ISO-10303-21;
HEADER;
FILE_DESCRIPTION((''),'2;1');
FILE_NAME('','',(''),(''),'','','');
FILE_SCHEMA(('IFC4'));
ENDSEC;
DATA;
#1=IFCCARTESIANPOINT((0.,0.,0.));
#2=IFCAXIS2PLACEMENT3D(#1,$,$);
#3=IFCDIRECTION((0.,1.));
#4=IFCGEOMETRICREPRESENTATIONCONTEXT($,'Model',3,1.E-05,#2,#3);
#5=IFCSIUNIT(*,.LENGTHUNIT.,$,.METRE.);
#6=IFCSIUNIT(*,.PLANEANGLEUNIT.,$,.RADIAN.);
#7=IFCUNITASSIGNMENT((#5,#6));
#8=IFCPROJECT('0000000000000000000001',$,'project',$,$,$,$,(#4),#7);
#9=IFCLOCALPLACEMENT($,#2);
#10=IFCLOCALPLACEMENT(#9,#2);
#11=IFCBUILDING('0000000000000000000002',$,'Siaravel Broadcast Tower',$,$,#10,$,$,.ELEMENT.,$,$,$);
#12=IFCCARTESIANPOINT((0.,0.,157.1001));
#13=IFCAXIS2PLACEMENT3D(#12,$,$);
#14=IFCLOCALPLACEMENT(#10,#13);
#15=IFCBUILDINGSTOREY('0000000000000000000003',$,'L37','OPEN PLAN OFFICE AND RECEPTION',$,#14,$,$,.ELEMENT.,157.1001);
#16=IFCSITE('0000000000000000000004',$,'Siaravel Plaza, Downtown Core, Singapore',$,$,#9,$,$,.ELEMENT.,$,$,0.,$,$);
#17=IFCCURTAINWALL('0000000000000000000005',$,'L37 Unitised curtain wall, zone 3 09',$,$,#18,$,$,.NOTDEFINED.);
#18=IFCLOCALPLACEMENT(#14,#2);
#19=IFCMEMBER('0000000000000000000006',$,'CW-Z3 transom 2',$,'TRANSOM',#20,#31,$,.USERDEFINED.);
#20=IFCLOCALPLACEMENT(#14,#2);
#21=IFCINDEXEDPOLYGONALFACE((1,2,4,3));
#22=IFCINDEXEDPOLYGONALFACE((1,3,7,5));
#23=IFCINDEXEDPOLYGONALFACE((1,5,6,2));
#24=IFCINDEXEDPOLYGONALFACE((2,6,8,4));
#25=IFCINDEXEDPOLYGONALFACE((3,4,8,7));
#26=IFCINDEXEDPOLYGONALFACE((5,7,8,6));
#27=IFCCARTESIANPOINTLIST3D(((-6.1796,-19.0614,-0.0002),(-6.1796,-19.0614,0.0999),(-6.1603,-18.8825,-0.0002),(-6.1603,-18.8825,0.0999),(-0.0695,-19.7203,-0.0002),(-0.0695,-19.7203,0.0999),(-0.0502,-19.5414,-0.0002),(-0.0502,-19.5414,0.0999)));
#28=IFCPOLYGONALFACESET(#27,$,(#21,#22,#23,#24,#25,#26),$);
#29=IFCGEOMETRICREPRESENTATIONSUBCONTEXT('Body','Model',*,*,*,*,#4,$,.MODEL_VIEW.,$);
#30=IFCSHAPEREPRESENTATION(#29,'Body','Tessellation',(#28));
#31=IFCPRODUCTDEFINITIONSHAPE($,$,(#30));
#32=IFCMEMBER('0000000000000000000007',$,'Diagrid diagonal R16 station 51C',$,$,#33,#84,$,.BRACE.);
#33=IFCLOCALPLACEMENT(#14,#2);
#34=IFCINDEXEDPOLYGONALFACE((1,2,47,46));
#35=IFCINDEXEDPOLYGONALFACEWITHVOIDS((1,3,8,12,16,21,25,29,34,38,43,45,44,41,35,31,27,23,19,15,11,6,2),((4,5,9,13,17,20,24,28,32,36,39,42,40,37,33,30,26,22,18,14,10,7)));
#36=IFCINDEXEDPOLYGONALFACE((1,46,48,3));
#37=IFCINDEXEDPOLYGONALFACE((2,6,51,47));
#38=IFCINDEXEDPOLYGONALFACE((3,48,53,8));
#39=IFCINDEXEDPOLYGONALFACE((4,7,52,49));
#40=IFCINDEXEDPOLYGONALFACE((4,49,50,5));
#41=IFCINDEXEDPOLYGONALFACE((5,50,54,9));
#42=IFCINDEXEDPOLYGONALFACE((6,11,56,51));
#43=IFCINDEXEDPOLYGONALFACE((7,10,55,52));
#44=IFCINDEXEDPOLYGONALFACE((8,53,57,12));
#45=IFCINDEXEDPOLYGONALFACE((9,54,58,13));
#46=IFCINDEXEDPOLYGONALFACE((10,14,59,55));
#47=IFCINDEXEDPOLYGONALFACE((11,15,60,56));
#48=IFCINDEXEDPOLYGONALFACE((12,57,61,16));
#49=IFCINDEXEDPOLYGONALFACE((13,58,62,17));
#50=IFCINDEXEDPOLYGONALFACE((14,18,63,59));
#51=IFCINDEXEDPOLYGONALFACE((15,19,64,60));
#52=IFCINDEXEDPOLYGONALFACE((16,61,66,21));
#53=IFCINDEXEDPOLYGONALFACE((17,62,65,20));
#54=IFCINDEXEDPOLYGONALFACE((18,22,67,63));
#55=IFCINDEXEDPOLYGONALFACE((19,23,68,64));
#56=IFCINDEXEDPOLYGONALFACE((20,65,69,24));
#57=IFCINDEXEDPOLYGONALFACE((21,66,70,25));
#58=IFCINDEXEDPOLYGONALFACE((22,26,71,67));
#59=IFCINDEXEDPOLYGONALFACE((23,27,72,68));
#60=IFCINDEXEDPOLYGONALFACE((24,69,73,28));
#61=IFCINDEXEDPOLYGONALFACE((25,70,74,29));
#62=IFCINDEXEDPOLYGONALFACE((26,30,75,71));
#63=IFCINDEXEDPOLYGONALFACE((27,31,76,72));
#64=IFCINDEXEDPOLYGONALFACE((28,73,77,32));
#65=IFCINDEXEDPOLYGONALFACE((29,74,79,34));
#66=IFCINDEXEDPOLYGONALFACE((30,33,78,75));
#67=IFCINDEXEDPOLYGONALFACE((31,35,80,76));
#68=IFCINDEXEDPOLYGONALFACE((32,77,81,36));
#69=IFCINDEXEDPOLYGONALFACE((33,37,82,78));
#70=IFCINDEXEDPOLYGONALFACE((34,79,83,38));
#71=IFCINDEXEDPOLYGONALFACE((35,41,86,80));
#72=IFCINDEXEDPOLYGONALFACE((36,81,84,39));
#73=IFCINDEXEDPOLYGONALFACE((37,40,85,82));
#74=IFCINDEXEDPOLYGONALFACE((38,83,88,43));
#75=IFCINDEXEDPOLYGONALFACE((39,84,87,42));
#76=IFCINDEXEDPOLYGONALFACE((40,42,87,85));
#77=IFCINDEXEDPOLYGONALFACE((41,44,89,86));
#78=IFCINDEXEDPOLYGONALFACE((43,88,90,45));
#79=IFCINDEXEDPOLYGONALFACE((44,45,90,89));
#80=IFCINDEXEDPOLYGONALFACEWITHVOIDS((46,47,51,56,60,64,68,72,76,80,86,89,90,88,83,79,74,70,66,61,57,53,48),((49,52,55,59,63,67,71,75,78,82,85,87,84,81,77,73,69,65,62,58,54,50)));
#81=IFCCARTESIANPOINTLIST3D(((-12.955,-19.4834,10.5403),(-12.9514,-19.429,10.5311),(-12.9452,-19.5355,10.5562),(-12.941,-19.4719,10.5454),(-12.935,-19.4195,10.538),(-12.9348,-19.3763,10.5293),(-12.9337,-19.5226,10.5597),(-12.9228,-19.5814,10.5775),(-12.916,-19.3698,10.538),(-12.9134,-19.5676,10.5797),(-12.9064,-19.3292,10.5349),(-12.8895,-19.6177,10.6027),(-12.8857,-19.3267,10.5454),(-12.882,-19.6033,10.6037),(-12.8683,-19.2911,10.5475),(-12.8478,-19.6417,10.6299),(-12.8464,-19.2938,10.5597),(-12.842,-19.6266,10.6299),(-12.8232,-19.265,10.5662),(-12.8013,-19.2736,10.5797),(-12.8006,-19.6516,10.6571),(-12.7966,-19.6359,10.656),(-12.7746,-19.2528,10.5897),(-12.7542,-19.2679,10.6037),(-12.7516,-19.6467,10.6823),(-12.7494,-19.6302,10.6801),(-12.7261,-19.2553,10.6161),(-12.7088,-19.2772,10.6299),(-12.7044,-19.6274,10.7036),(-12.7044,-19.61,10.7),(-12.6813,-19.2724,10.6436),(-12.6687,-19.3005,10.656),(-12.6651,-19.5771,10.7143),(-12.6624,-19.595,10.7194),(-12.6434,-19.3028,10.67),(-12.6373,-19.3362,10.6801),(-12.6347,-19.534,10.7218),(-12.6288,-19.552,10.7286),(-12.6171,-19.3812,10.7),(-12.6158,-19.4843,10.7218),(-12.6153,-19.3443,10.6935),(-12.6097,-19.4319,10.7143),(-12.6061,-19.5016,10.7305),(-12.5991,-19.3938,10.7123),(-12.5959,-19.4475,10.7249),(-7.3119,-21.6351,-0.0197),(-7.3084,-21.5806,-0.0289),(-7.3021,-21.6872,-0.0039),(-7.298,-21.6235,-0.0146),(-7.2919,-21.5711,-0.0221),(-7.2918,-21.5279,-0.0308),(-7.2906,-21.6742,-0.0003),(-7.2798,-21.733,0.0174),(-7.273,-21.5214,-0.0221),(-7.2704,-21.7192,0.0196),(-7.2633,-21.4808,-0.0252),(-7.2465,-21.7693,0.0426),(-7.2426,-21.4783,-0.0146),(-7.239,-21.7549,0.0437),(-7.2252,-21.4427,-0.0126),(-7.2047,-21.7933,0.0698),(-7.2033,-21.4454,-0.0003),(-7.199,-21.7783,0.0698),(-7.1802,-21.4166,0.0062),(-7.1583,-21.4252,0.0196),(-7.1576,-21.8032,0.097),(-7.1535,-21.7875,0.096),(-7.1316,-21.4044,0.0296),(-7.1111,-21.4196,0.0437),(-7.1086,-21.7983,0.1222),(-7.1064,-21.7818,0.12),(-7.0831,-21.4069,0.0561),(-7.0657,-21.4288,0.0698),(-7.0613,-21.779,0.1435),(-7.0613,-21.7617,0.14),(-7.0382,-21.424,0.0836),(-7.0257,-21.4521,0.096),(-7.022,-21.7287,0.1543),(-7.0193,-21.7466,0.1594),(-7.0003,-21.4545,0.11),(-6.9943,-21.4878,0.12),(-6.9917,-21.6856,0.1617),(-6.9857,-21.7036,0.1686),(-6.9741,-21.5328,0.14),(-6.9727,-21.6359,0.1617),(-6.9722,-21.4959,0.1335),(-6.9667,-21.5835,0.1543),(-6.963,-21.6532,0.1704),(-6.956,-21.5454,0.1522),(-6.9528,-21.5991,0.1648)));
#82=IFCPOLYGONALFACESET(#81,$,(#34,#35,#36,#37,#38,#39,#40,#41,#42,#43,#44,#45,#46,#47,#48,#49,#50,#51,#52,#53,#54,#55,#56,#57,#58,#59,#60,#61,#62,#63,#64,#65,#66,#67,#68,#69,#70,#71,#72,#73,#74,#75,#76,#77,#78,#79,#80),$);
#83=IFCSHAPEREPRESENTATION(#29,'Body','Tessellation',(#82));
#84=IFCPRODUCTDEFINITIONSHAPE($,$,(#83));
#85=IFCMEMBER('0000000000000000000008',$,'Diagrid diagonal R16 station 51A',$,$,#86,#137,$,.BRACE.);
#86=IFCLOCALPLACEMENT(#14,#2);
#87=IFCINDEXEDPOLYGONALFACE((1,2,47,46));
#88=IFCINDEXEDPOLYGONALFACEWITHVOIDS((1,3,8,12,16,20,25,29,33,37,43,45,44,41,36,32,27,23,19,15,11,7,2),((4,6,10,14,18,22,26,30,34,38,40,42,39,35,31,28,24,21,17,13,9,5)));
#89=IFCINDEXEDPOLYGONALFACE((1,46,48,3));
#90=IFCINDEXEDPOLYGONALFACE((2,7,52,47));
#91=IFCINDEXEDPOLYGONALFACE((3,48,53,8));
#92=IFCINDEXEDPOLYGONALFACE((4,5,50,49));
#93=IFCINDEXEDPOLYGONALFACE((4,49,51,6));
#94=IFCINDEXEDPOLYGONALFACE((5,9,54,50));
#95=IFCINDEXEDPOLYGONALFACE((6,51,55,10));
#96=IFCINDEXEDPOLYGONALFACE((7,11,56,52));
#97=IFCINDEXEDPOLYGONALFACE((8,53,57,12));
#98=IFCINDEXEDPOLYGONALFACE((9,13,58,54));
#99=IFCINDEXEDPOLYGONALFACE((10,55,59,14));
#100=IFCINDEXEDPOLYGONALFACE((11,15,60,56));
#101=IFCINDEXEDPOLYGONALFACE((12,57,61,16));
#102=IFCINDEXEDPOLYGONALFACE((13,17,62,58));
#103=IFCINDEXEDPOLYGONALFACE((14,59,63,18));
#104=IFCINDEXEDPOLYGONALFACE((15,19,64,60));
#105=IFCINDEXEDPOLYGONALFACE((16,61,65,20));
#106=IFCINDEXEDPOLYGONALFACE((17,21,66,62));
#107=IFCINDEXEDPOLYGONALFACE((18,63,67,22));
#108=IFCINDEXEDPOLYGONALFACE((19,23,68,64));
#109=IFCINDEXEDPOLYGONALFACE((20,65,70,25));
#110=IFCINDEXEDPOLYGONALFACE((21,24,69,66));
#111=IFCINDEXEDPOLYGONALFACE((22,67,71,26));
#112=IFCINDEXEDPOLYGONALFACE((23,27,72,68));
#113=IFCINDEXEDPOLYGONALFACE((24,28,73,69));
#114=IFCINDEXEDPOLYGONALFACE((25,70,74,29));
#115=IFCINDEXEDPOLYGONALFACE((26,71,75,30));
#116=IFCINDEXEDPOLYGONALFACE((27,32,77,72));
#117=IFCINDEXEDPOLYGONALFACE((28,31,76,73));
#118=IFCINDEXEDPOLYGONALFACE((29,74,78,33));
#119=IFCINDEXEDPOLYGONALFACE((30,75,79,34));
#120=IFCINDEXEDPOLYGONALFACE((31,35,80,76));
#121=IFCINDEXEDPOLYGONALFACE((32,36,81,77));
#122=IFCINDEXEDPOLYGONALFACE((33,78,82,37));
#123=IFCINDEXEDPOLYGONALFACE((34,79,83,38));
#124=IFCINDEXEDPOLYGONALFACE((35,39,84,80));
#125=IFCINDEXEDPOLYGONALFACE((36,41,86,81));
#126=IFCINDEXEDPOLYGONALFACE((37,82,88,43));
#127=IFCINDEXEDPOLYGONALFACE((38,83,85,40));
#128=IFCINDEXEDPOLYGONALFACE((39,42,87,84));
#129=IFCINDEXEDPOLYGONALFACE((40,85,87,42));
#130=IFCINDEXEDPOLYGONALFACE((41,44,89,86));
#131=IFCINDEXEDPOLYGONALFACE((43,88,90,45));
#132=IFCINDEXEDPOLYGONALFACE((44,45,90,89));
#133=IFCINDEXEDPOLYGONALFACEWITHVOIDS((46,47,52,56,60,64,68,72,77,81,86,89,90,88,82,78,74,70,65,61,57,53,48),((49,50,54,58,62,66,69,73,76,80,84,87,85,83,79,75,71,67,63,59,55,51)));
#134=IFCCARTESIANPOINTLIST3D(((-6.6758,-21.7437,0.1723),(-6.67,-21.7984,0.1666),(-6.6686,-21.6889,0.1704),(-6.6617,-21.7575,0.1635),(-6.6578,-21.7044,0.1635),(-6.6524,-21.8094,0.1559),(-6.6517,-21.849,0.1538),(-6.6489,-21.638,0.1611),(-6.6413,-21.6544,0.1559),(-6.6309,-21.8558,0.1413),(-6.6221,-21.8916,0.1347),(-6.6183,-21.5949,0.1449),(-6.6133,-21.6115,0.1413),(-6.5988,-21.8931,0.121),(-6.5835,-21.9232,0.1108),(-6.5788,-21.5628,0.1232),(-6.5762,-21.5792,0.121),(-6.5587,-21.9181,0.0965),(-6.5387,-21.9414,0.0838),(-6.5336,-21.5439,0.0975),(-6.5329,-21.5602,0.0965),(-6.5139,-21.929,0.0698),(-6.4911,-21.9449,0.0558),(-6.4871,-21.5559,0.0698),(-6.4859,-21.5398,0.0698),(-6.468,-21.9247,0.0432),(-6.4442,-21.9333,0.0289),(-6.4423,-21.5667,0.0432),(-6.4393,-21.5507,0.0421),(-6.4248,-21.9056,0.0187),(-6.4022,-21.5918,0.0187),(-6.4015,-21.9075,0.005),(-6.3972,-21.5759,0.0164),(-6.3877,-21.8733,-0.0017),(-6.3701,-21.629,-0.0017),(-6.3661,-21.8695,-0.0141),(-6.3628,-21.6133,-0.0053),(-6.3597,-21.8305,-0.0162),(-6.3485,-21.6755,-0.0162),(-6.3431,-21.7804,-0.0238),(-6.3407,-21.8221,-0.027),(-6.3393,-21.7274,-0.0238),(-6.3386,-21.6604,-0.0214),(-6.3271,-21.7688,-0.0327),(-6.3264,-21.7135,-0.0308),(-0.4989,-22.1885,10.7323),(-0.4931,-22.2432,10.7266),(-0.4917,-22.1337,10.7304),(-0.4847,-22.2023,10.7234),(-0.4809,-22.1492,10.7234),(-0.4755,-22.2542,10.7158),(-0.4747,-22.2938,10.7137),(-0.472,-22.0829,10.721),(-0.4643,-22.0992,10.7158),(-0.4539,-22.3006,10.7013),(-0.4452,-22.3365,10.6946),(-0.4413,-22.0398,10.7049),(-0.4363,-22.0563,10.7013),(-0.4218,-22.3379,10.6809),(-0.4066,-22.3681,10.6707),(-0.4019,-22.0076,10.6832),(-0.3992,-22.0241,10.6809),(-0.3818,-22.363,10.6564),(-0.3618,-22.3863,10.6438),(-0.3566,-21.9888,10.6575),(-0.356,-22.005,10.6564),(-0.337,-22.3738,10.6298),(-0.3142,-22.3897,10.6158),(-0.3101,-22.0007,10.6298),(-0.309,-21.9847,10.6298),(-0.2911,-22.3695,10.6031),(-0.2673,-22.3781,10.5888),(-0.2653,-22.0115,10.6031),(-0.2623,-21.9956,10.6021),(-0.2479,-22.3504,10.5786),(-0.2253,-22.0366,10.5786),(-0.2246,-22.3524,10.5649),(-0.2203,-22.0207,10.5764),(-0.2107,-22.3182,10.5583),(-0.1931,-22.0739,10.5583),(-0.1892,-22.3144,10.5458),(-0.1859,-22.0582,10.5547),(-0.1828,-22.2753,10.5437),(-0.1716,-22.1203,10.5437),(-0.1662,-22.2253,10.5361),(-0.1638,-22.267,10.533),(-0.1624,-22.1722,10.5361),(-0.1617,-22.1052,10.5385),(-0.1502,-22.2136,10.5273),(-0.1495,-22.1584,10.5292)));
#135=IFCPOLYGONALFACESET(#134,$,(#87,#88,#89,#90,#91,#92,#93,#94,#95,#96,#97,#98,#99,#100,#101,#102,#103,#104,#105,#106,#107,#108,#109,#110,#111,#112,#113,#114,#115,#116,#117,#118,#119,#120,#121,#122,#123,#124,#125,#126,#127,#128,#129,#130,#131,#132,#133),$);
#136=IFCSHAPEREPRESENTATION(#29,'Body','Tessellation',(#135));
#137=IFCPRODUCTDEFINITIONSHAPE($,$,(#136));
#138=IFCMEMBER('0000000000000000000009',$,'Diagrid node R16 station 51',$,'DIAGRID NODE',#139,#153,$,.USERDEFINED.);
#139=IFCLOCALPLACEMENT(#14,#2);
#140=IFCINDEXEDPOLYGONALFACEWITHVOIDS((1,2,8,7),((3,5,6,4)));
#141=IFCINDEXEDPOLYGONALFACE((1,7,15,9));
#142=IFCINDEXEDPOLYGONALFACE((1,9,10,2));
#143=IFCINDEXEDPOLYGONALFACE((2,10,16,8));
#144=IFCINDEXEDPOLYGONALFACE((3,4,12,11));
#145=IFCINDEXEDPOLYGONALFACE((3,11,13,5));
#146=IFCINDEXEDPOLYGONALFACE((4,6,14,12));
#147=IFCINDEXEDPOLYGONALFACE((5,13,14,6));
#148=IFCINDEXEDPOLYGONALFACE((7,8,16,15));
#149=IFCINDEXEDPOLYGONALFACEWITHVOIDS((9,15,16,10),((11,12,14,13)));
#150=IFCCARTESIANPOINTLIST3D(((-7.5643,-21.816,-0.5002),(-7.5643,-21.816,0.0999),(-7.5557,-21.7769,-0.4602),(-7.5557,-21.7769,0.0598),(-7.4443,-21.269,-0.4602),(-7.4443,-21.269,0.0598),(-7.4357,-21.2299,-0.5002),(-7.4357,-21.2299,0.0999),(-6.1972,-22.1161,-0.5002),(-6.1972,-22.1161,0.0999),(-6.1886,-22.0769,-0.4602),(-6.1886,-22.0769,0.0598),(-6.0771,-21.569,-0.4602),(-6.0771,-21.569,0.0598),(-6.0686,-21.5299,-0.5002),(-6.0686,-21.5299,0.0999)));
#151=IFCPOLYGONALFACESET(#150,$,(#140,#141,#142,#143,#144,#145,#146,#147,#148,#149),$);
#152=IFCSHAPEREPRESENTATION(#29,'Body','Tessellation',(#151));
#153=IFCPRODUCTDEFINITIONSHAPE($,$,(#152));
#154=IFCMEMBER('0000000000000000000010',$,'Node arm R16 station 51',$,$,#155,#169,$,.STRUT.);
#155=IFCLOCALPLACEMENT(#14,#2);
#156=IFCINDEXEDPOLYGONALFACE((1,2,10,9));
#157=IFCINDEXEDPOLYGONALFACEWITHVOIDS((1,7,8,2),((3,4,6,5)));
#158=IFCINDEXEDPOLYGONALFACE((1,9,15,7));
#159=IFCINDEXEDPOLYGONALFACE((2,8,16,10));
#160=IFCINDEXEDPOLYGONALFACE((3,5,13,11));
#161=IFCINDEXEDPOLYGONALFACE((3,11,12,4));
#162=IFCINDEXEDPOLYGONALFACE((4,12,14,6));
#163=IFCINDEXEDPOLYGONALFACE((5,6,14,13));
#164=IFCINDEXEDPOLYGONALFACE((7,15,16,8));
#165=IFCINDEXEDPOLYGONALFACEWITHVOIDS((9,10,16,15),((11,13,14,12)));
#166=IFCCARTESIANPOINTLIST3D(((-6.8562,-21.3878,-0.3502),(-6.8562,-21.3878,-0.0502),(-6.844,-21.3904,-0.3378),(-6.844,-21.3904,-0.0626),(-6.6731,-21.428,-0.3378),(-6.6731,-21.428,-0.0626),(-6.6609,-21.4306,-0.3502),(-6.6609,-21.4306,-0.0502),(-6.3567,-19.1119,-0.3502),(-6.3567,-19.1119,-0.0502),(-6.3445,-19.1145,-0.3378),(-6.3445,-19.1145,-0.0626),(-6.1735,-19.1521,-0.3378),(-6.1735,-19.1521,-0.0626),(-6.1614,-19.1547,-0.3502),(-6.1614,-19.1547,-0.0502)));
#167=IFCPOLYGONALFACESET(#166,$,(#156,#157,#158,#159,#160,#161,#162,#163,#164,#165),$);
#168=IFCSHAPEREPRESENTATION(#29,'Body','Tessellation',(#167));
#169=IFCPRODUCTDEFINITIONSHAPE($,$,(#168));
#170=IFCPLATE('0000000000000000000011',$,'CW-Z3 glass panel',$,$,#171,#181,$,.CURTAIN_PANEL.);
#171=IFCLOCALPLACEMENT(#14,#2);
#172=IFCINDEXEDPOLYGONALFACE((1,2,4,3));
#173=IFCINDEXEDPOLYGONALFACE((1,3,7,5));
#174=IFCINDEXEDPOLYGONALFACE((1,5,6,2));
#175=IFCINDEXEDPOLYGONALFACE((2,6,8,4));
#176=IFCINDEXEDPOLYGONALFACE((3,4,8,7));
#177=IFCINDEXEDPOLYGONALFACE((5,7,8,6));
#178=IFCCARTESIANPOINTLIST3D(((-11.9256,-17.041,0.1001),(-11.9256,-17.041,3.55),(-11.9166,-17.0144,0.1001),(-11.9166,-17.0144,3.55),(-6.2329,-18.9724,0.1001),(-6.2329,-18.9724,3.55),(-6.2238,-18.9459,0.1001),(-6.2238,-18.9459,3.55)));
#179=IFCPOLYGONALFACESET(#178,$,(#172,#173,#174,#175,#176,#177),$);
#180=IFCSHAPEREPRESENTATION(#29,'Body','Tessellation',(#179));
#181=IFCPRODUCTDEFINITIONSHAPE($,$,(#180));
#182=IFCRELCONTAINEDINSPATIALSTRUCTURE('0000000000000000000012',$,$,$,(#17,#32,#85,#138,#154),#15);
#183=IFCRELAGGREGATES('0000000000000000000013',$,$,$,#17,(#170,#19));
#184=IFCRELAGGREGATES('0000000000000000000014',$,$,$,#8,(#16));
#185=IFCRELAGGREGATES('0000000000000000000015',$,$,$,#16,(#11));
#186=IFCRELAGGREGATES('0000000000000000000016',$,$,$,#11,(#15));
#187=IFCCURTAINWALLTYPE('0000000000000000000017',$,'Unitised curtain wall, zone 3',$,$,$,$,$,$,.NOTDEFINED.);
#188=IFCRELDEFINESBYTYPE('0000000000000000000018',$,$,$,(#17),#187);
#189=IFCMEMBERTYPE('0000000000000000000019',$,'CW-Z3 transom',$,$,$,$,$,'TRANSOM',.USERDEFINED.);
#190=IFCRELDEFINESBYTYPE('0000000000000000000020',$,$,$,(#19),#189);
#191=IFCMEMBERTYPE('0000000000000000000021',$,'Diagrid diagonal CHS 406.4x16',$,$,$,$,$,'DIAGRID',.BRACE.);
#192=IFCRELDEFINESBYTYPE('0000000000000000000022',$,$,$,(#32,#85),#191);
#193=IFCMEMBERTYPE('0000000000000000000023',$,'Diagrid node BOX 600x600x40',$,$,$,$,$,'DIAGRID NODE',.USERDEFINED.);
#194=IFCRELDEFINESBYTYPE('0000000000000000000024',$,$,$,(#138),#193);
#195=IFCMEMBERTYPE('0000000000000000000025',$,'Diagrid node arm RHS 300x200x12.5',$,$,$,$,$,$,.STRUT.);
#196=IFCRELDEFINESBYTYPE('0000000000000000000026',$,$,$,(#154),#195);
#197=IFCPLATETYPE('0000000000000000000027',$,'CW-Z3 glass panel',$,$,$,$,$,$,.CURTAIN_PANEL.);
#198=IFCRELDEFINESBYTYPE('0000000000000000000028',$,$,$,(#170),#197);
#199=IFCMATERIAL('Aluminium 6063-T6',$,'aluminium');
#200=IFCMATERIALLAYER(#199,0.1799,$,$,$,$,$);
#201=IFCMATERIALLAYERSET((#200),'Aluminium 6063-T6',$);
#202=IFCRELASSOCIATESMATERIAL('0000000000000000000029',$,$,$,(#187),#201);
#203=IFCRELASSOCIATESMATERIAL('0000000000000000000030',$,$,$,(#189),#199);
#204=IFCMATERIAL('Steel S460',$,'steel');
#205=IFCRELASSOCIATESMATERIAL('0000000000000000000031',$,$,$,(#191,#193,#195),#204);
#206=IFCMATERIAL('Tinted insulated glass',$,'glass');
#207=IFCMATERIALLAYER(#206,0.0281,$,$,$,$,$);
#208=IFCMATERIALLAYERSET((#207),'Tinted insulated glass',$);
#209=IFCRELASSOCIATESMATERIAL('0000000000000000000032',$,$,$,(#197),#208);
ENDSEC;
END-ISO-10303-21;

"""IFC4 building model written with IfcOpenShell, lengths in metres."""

from ifc_helpers import new_model, si_unit, direction, frame, origin, origin_2d, place, context, subcontext, project, spatial, rectangle, hollow_rectangle, hollow_circle, extrude, material, layer, layer_set, material_profile, profile_set, type_object, element, aggregate, save


model = new_model("IFC4")

# Units and contexts
model_context = context("Model", 3, precision=1e-05, world=origin(), true_north=direction((0.0, 1.0)))
body_context = subcontext(model_context, "Body", "Model", "MODEL_VIEW")
ifc_project = project(units=[si_unit("LENGTHUNIT", "METRE"), si_unit("PLANEANGLEUNIT", "RADIAN")], contexts=[model_context])

# Site, building, storey
site_placement = place(None, origin())
site = spatial("IfcSite", under=ifc_project, at=site_placement, Name="Siaravel Plaza, Downtown Core, Singapore", CompositionType="ELEMENT", RefElevation=0.0)
building_placement = place(site_placement, origin())
building = spatial("IfcBuilding", under=site, at=building_placement, Name="Siaravel Broadcast Tower", CompositionType="ELEMENT")
storey_placement = place(building_placement, frame((0.0, 0.0, 157.1001)))
storey = spatial("IfcBuildingStorey", under=building, at=storey_placement, Name="L37", Description="OPEN PLAN OFFICE AND RECEPTION", CompositionType="ELEMENT", Elevation=157.1001)

# Curtain wall, member
ifc_material_1 = material(Name="Aluminium 6063-T6", Category="aluminium")
ifc_layer_1 = layer(ifc_material_1, 0.1799)
ifc_layer_set_1 = layer_set([ifc_layer_1], Name="Aluminium 6063-T6")
curtain_wall_type = type_object("IfcCurtainWallType", Name="Unitised curtain wall, zone 3", PredefinedType="NOTDEFINED", material=ifc_layer_set_1)
curtain_wall_placement = place(storey_placement, origin())
curtain_wall = element("IfcCurtainWall", 1, at=curtain_wall_placement, inside=storey, type_object=curtain_wall_type, Name="L37 Unitised curtain wall, zone 3 09", PredefinedType="NOTDEFINED")
ifc_material_profile_1 = material_profile(ifc_material_1, rectangle(XDim=0.1799, YDim=0.1001, at=origin_2d()))
ifc_profile_set_1 = profile_set([ifc_material_profile_1], Name="Aluminium 6063-T6")
member_type_1 = type_object("IfcMemberType", Name="CW-Z3 transom", ElementType="TRANSOM", PredefinedType="USERDEFINED", material=ifc_profile_set_1)
member_1_placement = place(storey_placement, frame((-6.1699, -18.9719, 0.0498), z_axis=(0.994235, -0.107222, 0.0), x_axis=(0.107222, 0.994235, 0.0)))
member_1 = element("IfcMember", 2, at=member_1_placement, type_object=member_type_1, Name="CW-Z3 transom 2", ObjectType="TRANSOM", PredefinedType="USERDEFINED", context=body_context, shape_type="SweptSolid", body=[
    extrude(rectangle(XDim=0.1799, YDim=0.1001, at=origin_2d()), origin(), (0.0, 0.0, 1.0), 6.1455),
])

# Members
ifc_material_2 = material(Name="Steel S460", Category="steel")
ifc_material_profile_2 = material_profile(ifc_material_2, hollow_circle(Radius=0.2031, WallThickness=0.0161, at=origin_2d()))
ifc_profile_set_2 = profile_set([ifc_material_profile_2], Name="Steel S460")
member_type_2 = type_object("IfcMemberType", Name="Diagrid diagonal CHS 406.4x16", ElementType="DIAGRID", PredefinedType="BRACE", material=ifc_profile_set_2)
member_2_placement = place(storey_placement, frame((-7.1323, -21.6035, 0.0698), z_axis=(-0.463875, 0.176868, 0.868065), x_axis=(-0.356266, -0.934385, 0.0)))
element("IfcMember", 3, at=member_2_placement, inside=storey, type_object=member_type_2, Name="Diagrid diagonal R16 station 51C", PredefinedType="BRACE", context=body_context, shape_type="SweptSolid", body=[
    extrude(hollow_circle(Radius=0.2031, WallThickness=0.0161, at=origin_2d()), origin(), (0.0, 0.0, 1.0), 12.165),
])
member_3_placement = place(storey_placement, frame((-6.5005, -21.7424, 0.0698), z_axis=(0.504572, -0.036336, 0.862605), x_axis=(0.071827, 0.997417, 0.0)))
element("IfcMember", 4, at=member_3_placement, inside=storey, type_object=member_type_2, Name="Diagrid diagonal R16 station 51A", PredefinedType="BRACE", context=body_context, shape_type="SweptSolid", body=[
    extrude(hollow_circle(Radius=0.2031, WallThickness=0.0161, at=origin_2d()), origin(), (0.0, 0.0, 1.0), 12.2419),
])
ifc_material_profile_3 = material_profile(ifc_material_2, hollow_rectangle(XDim=0.6001, YDim=0.6001, WallThickness=0.04, at=origin_2d()))
ifc_profile_set_3 = profile_set([ifc_material_profile_3], Name="Steel S460")
member_type_3 = type_object("IfcMemberType", Name="Diagrid node BOX 600x600x40", ElementType="DIAGRID NODE", PredefinedType="USERDEFINED", material=ifc_profile_set_3)
member_4_placement = place(storey_placement, frame((-7.5, -21.5229, -0.2002), z_axis=(0.976754, -0.214363, 0.0), x_axis=(0.214363, 0.976754, 0.0)))
element("IfcMember", 5, at=member_4_placement, inside=storey, type_object=member_type_3, Name="Diagrid node R16 station 51", ObjectType="DIAGRID NODE", PredefinedType="USERDEFINED", context=body_context, shape_type="SweptSolid", body=[
    extrude(hollow_rectangle(XDim=0.6001, YDim=0.6001, WallThickness=0.04, at=origin_2d()), origin(), (0.0, 0.0, 1.0), 1.3997),
])
ifc_material_profile_4 = material_profile(ifc_material_2, hollow_rectangle(XDim=0.2, YDim=0.3, WallThickness=0.0125, at=origin_2d()))
ifc_profile_set_4 = profile_set([ifc_material_profile_4], Name="Steel S460")
member_type_4 = type_object("IfcMemberType", Name="Diagrid node arm RHS 300x200x12.5", PredefinedType="STRUT", material=ifc_profile_set_4)
member_5_placement = place(storey_placement, frame((-6.259, -19.1333, -0.2002), z_axis=(-0.214378, -0.976751, 0.0), x_axis=(0.976751, -0.214378, 0.0)))
element("IfcMember", 6, at=member_5_placement, inside=storey, type_object=member_type_4, Name="Node arm R16 station 51", PredefinedType="STRUT", context=body_context, shape_type="SweptSolid", body=[
    extrude(hollow_rectangle(XDim=0.2, YDim=0.3, WallThickness=0.0125, at=origin_2d()), origin(), (0.0, 0.0, 1.0), 2.3301),
])

# Plate
ifc_material_3 = material(Name="Tinted insulated glass", Category="glass")
ifc_layer_2 = layer(ifc_material_3, 0.0281)
ifc_layer_set_2 = layer_set([ifc_layer_2], Name="Tinted insulated glass")
plate_type = type_object("IfcPlateType", Name="CW-Z3 glass panel", PredefinedType="CURTAIN_PANEL", material=ifc_layer_set_2)
plate_1_placement = place(storey_placement, frame((-9.0747, -17.9934, 0.1001), z_axis=(0.0, 0.0, 1.0), x_axis=(0.946977, -0.321301, 0.0)))
plate_1 = element("IfcPlate", 7, at=plate_1_placement, type_object=plate_type, Name="CW-Z3 glass panel", PredefinedType="CURTAIN_PANEL", context=body_context, shape_type="SweptSolid", body=[
    extrude(rectangle(XDim=6.0115, YDim=0.0281, at=origin_2d()), origin(), (0.0, 0.0, 1.0), 3.45),
])
aggregate(curtain_wall, [plate_1, member_1])

save(model, "model.ifc")
